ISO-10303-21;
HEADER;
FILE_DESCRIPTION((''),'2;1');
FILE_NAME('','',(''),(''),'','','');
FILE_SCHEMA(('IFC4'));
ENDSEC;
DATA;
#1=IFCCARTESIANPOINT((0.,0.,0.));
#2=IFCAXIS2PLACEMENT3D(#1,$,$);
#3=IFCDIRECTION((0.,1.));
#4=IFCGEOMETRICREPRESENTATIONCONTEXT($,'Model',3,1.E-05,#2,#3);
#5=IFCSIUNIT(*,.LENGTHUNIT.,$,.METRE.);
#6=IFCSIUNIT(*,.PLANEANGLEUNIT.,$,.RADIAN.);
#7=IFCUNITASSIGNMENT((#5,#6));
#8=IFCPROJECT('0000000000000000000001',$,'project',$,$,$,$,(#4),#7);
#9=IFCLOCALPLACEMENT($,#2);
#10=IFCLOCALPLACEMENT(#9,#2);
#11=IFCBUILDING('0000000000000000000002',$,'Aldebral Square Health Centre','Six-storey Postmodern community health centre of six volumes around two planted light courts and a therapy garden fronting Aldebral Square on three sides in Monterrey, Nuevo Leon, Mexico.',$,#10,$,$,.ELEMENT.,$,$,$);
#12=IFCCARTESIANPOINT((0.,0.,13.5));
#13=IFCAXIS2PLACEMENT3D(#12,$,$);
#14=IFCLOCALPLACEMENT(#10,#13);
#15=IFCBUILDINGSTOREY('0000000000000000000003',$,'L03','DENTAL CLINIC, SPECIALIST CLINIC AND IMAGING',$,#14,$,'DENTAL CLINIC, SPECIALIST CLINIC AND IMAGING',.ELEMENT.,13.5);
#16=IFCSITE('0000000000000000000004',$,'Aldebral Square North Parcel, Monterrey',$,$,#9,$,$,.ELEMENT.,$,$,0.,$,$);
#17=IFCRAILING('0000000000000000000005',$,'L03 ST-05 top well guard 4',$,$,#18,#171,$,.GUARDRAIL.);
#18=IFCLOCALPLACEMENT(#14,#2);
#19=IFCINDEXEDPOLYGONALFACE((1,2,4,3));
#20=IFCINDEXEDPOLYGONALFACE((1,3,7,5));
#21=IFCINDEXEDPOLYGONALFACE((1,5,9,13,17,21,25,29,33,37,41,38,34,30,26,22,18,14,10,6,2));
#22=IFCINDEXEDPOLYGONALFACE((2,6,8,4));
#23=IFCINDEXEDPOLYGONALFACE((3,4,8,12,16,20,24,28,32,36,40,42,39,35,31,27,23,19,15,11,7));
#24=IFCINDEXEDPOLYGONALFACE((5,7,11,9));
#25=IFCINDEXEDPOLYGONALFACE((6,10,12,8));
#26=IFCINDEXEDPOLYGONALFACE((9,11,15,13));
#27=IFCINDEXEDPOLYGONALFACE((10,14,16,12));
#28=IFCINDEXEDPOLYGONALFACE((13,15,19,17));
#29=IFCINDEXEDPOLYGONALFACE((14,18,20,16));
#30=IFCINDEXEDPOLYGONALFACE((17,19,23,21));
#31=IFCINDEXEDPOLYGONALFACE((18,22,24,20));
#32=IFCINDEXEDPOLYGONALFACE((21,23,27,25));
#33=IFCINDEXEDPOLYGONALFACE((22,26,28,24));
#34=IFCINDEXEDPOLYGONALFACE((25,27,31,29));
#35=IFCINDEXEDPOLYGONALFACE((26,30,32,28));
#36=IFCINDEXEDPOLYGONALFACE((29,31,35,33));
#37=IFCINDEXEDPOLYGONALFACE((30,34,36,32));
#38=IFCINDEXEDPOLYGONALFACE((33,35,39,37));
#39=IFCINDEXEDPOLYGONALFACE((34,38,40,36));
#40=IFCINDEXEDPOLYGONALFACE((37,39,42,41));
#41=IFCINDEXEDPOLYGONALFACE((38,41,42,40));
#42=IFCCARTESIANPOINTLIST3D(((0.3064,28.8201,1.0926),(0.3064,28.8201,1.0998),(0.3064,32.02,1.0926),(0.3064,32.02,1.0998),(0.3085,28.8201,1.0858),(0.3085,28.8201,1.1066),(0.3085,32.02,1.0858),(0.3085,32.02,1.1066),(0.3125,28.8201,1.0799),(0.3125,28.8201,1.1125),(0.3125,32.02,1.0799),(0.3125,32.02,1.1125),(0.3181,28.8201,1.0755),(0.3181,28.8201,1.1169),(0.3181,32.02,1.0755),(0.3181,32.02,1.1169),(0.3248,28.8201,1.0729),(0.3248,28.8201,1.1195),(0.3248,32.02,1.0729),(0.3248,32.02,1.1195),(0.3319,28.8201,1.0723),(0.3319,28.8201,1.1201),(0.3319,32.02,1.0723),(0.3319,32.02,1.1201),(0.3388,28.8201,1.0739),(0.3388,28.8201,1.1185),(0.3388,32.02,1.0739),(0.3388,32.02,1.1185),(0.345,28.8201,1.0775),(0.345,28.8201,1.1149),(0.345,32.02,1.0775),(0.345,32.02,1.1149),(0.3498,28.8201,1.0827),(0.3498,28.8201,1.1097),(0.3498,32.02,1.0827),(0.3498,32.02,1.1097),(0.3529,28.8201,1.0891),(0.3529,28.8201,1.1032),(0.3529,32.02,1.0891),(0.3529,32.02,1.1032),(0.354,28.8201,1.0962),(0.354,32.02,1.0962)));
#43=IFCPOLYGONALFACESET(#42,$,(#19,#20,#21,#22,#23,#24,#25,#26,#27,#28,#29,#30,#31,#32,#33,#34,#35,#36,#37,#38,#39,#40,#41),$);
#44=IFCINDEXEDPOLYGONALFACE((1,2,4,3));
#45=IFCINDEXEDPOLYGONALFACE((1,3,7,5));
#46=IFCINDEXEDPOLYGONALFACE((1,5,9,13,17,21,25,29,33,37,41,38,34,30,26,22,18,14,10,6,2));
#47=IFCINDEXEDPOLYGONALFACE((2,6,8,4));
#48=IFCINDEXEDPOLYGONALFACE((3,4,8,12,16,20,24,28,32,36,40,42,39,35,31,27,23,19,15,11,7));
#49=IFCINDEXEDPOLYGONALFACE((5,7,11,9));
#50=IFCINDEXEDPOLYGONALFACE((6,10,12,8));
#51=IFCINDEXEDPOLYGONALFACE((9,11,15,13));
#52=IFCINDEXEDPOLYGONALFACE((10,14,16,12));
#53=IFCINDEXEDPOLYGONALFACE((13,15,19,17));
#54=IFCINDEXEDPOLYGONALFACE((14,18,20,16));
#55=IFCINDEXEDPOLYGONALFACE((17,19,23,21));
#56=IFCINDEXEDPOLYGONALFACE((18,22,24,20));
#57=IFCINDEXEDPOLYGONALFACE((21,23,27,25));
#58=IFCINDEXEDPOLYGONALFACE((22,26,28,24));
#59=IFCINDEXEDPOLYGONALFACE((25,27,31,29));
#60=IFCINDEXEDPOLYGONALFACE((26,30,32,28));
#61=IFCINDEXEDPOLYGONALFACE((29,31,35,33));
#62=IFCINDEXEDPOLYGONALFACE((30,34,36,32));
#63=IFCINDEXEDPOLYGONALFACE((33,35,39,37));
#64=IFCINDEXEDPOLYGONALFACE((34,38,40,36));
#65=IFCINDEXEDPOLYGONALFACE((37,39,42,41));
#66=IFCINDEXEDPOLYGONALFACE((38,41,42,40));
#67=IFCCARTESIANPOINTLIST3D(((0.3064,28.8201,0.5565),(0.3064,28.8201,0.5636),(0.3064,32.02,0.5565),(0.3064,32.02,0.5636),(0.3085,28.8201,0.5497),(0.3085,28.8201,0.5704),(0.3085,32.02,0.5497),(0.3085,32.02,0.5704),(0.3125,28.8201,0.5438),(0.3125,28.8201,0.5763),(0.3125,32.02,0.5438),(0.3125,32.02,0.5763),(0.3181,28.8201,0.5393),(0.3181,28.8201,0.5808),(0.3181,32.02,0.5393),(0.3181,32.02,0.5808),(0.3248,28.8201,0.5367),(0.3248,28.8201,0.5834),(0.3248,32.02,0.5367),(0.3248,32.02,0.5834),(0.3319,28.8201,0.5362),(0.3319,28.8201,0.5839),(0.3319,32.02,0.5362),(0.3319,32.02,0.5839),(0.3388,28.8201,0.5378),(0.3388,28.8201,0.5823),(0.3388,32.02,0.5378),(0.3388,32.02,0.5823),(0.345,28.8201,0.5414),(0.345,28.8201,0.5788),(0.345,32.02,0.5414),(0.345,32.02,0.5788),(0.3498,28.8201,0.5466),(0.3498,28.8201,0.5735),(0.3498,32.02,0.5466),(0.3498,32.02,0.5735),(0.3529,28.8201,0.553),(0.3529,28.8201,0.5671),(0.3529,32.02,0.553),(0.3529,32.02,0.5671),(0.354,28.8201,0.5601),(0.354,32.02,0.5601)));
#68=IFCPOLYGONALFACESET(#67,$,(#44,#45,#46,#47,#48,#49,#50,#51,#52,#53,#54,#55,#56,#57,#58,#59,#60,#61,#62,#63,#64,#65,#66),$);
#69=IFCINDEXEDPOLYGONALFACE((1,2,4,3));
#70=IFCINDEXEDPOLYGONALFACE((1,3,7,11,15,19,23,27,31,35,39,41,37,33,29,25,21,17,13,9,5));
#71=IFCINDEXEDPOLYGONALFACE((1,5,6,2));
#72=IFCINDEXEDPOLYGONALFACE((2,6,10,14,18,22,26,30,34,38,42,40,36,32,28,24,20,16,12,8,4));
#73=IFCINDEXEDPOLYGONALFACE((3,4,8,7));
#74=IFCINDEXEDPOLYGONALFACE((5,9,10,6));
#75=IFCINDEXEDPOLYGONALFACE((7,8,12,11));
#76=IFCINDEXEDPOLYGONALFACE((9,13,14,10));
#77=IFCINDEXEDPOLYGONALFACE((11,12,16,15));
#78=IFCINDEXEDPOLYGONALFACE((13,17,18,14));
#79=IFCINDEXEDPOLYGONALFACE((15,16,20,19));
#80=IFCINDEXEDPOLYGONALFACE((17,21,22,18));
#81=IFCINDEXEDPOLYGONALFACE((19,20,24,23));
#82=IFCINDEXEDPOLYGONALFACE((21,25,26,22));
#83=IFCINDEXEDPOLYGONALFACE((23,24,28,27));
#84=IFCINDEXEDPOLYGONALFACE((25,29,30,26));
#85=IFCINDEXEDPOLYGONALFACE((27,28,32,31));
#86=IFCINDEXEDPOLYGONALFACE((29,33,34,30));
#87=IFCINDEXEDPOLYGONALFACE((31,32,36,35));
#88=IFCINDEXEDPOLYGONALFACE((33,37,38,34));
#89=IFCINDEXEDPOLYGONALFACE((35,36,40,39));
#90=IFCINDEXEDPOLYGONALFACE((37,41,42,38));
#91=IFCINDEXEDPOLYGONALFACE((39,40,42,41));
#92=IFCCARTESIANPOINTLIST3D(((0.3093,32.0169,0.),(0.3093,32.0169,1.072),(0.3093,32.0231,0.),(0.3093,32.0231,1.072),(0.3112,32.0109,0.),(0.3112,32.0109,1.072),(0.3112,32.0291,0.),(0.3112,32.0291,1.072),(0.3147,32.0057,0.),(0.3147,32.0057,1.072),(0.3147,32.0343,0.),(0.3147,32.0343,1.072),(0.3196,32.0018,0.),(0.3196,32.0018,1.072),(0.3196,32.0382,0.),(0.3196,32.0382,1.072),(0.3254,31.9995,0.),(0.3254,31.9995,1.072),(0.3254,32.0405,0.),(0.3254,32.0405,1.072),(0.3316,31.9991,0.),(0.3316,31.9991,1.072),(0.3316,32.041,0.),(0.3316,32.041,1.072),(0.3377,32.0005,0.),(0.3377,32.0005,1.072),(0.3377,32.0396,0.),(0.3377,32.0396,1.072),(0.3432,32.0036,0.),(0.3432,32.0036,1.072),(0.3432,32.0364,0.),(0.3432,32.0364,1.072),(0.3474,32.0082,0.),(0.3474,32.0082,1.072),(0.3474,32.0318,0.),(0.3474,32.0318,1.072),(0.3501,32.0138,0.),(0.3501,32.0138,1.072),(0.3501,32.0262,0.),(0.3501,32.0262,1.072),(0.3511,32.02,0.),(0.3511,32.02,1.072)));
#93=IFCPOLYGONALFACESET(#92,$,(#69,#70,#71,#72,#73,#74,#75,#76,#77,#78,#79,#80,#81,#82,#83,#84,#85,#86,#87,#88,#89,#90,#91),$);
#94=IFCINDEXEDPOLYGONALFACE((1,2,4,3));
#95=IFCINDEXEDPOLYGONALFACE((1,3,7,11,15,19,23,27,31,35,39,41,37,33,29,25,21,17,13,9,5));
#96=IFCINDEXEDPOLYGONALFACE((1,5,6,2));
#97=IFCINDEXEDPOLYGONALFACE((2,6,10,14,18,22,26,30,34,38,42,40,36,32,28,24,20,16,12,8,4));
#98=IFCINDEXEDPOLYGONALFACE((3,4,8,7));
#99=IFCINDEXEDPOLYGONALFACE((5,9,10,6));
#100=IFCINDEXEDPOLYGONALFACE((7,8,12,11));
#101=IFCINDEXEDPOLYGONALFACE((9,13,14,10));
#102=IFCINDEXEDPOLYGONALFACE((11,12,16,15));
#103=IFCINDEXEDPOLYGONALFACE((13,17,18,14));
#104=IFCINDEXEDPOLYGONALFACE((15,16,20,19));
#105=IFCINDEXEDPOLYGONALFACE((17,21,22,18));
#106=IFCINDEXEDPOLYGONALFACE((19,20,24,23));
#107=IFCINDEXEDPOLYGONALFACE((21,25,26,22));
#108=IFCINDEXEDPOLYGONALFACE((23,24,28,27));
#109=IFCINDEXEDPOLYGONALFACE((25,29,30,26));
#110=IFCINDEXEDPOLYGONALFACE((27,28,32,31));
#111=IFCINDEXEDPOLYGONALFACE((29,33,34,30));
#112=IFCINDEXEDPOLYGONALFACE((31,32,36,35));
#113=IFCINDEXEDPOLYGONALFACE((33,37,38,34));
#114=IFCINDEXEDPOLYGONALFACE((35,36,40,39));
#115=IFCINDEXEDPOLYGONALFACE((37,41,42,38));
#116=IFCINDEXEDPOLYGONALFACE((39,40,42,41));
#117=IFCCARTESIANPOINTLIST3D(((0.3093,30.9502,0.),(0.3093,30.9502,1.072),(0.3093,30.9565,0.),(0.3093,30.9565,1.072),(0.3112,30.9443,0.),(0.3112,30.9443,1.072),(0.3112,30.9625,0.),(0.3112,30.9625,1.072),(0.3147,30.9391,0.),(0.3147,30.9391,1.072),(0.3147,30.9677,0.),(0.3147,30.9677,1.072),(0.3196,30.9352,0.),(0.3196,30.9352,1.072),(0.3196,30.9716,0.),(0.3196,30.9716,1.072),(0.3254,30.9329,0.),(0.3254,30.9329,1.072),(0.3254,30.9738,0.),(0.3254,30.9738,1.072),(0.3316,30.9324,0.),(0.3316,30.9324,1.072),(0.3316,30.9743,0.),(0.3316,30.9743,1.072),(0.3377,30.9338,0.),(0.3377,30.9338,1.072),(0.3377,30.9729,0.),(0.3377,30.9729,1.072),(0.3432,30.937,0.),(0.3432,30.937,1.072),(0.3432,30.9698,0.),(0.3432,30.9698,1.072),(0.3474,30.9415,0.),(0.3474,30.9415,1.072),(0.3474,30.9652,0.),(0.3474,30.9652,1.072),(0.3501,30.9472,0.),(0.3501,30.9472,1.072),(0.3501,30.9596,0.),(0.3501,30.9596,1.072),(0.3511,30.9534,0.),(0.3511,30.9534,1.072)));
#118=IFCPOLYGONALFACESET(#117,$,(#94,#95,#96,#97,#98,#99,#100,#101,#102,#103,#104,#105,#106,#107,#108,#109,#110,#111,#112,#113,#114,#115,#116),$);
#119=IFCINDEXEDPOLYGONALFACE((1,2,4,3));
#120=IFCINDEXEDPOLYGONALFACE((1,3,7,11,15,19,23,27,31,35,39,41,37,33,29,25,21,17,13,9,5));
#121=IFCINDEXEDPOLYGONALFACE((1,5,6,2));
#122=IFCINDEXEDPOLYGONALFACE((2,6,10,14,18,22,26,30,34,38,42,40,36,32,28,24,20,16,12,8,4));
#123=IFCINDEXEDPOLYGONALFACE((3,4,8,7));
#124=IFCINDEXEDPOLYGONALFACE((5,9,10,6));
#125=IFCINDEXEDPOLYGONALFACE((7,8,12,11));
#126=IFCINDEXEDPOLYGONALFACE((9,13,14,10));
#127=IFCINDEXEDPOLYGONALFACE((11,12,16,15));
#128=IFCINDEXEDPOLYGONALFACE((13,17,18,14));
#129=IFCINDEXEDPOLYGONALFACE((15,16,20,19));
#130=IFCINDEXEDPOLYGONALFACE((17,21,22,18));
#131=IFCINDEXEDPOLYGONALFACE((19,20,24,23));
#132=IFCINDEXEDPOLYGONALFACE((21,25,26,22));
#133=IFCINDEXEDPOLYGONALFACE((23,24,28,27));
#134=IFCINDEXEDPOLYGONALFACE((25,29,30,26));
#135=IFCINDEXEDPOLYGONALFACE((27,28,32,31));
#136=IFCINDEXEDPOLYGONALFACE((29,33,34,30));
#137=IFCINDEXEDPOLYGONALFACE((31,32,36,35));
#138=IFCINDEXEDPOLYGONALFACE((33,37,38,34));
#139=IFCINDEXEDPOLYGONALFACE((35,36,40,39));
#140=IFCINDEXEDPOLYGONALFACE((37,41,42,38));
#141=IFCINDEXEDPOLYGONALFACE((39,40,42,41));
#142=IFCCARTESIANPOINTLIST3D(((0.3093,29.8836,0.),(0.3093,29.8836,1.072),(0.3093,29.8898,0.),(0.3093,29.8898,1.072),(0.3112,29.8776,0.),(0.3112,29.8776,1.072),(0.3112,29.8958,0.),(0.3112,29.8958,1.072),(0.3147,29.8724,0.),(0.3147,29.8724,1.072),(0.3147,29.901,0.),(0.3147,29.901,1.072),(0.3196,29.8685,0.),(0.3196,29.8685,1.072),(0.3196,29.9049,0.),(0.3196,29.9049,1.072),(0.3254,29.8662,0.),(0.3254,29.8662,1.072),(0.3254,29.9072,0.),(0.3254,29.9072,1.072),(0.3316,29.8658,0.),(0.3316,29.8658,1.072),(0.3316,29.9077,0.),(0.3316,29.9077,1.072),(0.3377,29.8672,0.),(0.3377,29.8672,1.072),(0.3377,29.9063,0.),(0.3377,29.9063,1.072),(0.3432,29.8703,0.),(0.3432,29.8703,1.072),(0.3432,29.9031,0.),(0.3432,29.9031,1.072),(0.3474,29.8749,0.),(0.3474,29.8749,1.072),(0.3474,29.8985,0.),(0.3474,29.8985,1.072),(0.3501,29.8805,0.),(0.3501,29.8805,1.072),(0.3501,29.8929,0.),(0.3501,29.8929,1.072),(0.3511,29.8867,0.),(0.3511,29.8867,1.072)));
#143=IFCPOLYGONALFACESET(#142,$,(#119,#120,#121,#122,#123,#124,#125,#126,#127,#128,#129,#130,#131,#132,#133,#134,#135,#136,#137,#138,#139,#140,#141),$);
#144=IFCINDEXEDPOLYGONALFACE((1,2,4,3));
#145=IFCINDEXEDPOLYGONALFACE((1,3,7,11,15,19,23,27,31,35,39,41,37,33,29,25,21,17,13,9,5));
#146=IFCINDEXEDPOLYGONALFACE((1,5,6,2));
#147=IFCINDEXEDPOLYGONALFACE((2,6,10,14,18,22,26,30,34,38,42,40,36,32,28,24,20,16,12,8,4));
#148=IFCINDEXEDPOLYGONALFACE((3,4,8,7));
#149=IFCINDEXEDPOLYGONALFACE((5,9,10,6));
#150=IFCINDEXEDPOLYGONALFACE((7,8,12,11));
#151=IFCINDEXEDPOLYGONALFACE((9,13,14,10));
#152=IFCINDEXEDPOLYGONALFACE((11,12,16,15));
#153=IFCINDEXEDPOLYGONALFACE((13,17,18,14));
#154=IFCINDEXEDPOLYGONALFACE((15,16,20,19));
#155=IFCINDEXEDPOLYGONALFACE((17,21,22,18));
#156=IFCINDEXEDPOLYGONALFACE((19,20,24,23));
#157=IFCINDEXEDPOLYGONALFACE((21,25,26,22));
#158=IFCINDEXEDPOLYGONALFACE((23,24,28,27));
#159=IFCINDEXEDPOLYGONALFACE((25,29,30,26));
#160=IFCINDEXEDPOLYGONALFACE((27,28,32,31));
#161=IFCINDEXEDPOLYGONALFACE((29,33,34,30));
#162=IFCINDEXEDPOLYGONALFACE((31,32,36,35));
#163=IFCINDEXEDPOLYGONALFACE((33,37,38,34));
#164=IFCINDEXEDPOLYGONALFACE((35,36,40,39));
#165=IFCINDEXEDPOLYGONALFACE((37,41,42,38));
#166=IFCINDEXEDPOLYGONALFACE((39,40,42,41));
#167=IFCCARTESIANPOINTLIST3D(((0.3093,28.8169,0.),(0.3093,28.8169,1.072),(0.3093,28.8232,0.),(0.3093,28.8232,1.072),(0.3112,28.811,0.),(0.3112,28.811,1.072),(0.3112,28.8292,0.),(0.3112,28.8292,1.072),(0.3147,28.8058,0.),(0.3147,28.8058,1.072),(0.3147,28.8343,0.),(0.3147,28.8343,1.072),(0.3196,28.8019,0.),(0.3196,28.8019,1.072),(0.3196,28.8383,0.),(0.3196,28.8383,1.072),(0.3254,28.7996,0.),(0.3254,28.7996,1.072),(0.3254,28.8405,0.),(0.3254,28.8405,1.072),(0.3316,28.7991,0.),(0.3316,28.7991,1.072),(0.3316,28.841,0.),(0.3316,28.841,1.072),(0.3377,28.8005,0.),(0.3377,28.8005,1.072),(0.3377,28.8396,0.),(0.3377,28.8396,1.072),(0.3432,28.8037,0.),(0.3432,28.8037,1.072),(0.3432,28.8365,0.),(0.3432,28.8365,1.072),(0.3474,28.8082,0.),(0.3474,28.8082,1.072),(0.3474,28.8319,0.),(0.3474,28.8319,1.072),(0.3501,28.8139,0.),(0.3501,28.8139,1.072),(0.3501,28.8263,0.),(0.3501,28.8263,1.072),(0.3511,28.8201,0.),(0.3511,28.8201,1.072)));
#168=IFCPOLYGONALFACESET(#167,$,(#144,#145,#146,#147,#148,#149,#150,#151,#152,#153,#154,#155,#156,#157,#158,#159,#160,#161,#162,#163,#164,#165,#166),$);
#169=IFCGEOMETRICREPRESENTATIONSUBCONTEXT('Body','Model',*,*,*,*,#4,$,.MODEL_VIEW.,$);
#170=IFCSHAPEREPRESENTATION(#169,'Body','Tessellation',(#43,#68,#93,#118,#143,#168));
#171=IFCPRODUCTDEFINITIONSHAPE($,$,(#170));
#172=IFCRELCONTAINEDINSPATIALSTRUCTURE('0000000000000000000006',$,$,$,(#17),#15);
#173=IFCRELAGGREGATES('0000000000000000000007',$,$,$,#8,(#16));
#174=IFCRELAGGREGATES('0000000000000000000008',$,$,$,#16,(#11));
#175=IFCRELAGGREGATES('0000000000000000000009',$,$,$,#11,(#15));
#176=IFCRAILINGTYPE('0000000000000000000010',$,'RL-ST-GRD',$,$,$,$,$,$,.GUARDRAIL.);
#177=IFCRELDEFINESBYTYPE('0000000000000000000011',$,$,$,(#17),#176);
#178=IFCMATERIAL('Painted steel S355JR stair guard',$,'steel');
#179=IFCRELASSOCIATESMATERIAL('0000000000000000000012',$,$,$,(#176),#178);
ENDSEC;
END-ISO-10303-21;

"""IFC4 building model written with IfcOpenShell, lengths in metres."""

from ifc_helpers import new_model, si_unit, direction, frame, origin, origin_2d, place, context, subcontext, project, spatial, circle, extrude, material, type_object, element, save


model = new_model("IFC4")

# Units and contexts
model_context = context("Model", 3, precision=1e-05, world=origin(), true_north=direction((0.0, 1.0)))
body_context = subcontext(model_context, "Body", "Model", "MODEL_VIEW")
ifc_project = project(units=[si_unit("LENGTHUNIT", "METRE"), si_unit("PLANEANGLEUNIT", "RADIAN")], contexts=[model_context])

# Site, building, storey
site_placement = place(None, origin())
site = spatial("IfcSite", under=ifc_project, at=site_placement, Name="Aldebral Square North Parcel, Monterrey", CompositionType="ELEMENT", RefElevation=0.0)
building_placement = place(site_placement, origin())
building = spatial("IfcBuilding", under=site, at=building_placement, Name="Aldebral Square Health Centre", Description="Six-storey Postmodern community health centre of six volumes around two planted light courts and a therapy garden fronting Aldebral Square on three sides in Monterrey, Nuevo Leon, Mexico.", CompositionType="ELEMENT")
storey_placement = place(building_placement, frame((0.0, 0.0, 13.5)))
storey = spatial("IfcBuildingStorey", under=building, at=storey_placement, Name="L03", Description="DENTAL CLINIC, SPECIALIST CLINIC AND IMAGING", LongName="DENTAL CLINIC, SPECIALIST CLINIC AND IMAGING", CompositionType="ELEMENT", Elevation=13.5)

# Railing
ifc_material_1 = material(Name="Painted steel S355JR stair guard", Category="steel")
railing_type = type_object("IfcRailingType", Name="RL-ST-GRD", PredefinedType="GUARDRAIL", material=ifc_material_1)
railing_1_placement = place(storey_placement, frame((0.3301, 32.02, 0.0)))
element("IfcRailing", 1, at=railing_1_placement, inside=storey, type_object=railing_type, Name="L03 ST-05 top well guard 4", PredefinedType="GUARDRAIL", context=body_context, shape_type="SweptSolid", body=[
    extrude(circle(Radius=0.0239, at=origin_2d()), frame((0.0, 0.0, 1.0962), z_axis=(0.0, -1.0, 0.0), x_axis=(1.0, 0.0, 0.0)), (0.0, 0.0, 1.0), 3.2),
    extrude(circle(Radius=0.0239, at=origin_2d()), frame((0.0, 0.0, 0.5601), z_axis=(0.0, -1.0, 0.0), x_axis=(1.0, 0.0, 0.0)), (0.0, 0.0, 1.0), 3.2),
    extrude(circle(Radius=0.021, at=origin_2d()), origin(), (0.0, 0.0, 1.0), 1.072),
    extrude(circle(Radius=0.021, at=origin_2d()), frame((0.0, -1.0667, 0.0)), (0.0, 0.0, 1.0), 1.072),
    extrude(circle(Radius=0.021, at=origin_2d()), frame((0.0, -2.1333, 0.0)), (0.0, 0.0, 1.0), 1.072),
    extrude(circle(Radius=0.021, at=origin_2d()), frame((0.0, -3.2, 0.0)), (0.0, 0.0, 1.0), 1.072),
])

save(model, "model.ifc")
